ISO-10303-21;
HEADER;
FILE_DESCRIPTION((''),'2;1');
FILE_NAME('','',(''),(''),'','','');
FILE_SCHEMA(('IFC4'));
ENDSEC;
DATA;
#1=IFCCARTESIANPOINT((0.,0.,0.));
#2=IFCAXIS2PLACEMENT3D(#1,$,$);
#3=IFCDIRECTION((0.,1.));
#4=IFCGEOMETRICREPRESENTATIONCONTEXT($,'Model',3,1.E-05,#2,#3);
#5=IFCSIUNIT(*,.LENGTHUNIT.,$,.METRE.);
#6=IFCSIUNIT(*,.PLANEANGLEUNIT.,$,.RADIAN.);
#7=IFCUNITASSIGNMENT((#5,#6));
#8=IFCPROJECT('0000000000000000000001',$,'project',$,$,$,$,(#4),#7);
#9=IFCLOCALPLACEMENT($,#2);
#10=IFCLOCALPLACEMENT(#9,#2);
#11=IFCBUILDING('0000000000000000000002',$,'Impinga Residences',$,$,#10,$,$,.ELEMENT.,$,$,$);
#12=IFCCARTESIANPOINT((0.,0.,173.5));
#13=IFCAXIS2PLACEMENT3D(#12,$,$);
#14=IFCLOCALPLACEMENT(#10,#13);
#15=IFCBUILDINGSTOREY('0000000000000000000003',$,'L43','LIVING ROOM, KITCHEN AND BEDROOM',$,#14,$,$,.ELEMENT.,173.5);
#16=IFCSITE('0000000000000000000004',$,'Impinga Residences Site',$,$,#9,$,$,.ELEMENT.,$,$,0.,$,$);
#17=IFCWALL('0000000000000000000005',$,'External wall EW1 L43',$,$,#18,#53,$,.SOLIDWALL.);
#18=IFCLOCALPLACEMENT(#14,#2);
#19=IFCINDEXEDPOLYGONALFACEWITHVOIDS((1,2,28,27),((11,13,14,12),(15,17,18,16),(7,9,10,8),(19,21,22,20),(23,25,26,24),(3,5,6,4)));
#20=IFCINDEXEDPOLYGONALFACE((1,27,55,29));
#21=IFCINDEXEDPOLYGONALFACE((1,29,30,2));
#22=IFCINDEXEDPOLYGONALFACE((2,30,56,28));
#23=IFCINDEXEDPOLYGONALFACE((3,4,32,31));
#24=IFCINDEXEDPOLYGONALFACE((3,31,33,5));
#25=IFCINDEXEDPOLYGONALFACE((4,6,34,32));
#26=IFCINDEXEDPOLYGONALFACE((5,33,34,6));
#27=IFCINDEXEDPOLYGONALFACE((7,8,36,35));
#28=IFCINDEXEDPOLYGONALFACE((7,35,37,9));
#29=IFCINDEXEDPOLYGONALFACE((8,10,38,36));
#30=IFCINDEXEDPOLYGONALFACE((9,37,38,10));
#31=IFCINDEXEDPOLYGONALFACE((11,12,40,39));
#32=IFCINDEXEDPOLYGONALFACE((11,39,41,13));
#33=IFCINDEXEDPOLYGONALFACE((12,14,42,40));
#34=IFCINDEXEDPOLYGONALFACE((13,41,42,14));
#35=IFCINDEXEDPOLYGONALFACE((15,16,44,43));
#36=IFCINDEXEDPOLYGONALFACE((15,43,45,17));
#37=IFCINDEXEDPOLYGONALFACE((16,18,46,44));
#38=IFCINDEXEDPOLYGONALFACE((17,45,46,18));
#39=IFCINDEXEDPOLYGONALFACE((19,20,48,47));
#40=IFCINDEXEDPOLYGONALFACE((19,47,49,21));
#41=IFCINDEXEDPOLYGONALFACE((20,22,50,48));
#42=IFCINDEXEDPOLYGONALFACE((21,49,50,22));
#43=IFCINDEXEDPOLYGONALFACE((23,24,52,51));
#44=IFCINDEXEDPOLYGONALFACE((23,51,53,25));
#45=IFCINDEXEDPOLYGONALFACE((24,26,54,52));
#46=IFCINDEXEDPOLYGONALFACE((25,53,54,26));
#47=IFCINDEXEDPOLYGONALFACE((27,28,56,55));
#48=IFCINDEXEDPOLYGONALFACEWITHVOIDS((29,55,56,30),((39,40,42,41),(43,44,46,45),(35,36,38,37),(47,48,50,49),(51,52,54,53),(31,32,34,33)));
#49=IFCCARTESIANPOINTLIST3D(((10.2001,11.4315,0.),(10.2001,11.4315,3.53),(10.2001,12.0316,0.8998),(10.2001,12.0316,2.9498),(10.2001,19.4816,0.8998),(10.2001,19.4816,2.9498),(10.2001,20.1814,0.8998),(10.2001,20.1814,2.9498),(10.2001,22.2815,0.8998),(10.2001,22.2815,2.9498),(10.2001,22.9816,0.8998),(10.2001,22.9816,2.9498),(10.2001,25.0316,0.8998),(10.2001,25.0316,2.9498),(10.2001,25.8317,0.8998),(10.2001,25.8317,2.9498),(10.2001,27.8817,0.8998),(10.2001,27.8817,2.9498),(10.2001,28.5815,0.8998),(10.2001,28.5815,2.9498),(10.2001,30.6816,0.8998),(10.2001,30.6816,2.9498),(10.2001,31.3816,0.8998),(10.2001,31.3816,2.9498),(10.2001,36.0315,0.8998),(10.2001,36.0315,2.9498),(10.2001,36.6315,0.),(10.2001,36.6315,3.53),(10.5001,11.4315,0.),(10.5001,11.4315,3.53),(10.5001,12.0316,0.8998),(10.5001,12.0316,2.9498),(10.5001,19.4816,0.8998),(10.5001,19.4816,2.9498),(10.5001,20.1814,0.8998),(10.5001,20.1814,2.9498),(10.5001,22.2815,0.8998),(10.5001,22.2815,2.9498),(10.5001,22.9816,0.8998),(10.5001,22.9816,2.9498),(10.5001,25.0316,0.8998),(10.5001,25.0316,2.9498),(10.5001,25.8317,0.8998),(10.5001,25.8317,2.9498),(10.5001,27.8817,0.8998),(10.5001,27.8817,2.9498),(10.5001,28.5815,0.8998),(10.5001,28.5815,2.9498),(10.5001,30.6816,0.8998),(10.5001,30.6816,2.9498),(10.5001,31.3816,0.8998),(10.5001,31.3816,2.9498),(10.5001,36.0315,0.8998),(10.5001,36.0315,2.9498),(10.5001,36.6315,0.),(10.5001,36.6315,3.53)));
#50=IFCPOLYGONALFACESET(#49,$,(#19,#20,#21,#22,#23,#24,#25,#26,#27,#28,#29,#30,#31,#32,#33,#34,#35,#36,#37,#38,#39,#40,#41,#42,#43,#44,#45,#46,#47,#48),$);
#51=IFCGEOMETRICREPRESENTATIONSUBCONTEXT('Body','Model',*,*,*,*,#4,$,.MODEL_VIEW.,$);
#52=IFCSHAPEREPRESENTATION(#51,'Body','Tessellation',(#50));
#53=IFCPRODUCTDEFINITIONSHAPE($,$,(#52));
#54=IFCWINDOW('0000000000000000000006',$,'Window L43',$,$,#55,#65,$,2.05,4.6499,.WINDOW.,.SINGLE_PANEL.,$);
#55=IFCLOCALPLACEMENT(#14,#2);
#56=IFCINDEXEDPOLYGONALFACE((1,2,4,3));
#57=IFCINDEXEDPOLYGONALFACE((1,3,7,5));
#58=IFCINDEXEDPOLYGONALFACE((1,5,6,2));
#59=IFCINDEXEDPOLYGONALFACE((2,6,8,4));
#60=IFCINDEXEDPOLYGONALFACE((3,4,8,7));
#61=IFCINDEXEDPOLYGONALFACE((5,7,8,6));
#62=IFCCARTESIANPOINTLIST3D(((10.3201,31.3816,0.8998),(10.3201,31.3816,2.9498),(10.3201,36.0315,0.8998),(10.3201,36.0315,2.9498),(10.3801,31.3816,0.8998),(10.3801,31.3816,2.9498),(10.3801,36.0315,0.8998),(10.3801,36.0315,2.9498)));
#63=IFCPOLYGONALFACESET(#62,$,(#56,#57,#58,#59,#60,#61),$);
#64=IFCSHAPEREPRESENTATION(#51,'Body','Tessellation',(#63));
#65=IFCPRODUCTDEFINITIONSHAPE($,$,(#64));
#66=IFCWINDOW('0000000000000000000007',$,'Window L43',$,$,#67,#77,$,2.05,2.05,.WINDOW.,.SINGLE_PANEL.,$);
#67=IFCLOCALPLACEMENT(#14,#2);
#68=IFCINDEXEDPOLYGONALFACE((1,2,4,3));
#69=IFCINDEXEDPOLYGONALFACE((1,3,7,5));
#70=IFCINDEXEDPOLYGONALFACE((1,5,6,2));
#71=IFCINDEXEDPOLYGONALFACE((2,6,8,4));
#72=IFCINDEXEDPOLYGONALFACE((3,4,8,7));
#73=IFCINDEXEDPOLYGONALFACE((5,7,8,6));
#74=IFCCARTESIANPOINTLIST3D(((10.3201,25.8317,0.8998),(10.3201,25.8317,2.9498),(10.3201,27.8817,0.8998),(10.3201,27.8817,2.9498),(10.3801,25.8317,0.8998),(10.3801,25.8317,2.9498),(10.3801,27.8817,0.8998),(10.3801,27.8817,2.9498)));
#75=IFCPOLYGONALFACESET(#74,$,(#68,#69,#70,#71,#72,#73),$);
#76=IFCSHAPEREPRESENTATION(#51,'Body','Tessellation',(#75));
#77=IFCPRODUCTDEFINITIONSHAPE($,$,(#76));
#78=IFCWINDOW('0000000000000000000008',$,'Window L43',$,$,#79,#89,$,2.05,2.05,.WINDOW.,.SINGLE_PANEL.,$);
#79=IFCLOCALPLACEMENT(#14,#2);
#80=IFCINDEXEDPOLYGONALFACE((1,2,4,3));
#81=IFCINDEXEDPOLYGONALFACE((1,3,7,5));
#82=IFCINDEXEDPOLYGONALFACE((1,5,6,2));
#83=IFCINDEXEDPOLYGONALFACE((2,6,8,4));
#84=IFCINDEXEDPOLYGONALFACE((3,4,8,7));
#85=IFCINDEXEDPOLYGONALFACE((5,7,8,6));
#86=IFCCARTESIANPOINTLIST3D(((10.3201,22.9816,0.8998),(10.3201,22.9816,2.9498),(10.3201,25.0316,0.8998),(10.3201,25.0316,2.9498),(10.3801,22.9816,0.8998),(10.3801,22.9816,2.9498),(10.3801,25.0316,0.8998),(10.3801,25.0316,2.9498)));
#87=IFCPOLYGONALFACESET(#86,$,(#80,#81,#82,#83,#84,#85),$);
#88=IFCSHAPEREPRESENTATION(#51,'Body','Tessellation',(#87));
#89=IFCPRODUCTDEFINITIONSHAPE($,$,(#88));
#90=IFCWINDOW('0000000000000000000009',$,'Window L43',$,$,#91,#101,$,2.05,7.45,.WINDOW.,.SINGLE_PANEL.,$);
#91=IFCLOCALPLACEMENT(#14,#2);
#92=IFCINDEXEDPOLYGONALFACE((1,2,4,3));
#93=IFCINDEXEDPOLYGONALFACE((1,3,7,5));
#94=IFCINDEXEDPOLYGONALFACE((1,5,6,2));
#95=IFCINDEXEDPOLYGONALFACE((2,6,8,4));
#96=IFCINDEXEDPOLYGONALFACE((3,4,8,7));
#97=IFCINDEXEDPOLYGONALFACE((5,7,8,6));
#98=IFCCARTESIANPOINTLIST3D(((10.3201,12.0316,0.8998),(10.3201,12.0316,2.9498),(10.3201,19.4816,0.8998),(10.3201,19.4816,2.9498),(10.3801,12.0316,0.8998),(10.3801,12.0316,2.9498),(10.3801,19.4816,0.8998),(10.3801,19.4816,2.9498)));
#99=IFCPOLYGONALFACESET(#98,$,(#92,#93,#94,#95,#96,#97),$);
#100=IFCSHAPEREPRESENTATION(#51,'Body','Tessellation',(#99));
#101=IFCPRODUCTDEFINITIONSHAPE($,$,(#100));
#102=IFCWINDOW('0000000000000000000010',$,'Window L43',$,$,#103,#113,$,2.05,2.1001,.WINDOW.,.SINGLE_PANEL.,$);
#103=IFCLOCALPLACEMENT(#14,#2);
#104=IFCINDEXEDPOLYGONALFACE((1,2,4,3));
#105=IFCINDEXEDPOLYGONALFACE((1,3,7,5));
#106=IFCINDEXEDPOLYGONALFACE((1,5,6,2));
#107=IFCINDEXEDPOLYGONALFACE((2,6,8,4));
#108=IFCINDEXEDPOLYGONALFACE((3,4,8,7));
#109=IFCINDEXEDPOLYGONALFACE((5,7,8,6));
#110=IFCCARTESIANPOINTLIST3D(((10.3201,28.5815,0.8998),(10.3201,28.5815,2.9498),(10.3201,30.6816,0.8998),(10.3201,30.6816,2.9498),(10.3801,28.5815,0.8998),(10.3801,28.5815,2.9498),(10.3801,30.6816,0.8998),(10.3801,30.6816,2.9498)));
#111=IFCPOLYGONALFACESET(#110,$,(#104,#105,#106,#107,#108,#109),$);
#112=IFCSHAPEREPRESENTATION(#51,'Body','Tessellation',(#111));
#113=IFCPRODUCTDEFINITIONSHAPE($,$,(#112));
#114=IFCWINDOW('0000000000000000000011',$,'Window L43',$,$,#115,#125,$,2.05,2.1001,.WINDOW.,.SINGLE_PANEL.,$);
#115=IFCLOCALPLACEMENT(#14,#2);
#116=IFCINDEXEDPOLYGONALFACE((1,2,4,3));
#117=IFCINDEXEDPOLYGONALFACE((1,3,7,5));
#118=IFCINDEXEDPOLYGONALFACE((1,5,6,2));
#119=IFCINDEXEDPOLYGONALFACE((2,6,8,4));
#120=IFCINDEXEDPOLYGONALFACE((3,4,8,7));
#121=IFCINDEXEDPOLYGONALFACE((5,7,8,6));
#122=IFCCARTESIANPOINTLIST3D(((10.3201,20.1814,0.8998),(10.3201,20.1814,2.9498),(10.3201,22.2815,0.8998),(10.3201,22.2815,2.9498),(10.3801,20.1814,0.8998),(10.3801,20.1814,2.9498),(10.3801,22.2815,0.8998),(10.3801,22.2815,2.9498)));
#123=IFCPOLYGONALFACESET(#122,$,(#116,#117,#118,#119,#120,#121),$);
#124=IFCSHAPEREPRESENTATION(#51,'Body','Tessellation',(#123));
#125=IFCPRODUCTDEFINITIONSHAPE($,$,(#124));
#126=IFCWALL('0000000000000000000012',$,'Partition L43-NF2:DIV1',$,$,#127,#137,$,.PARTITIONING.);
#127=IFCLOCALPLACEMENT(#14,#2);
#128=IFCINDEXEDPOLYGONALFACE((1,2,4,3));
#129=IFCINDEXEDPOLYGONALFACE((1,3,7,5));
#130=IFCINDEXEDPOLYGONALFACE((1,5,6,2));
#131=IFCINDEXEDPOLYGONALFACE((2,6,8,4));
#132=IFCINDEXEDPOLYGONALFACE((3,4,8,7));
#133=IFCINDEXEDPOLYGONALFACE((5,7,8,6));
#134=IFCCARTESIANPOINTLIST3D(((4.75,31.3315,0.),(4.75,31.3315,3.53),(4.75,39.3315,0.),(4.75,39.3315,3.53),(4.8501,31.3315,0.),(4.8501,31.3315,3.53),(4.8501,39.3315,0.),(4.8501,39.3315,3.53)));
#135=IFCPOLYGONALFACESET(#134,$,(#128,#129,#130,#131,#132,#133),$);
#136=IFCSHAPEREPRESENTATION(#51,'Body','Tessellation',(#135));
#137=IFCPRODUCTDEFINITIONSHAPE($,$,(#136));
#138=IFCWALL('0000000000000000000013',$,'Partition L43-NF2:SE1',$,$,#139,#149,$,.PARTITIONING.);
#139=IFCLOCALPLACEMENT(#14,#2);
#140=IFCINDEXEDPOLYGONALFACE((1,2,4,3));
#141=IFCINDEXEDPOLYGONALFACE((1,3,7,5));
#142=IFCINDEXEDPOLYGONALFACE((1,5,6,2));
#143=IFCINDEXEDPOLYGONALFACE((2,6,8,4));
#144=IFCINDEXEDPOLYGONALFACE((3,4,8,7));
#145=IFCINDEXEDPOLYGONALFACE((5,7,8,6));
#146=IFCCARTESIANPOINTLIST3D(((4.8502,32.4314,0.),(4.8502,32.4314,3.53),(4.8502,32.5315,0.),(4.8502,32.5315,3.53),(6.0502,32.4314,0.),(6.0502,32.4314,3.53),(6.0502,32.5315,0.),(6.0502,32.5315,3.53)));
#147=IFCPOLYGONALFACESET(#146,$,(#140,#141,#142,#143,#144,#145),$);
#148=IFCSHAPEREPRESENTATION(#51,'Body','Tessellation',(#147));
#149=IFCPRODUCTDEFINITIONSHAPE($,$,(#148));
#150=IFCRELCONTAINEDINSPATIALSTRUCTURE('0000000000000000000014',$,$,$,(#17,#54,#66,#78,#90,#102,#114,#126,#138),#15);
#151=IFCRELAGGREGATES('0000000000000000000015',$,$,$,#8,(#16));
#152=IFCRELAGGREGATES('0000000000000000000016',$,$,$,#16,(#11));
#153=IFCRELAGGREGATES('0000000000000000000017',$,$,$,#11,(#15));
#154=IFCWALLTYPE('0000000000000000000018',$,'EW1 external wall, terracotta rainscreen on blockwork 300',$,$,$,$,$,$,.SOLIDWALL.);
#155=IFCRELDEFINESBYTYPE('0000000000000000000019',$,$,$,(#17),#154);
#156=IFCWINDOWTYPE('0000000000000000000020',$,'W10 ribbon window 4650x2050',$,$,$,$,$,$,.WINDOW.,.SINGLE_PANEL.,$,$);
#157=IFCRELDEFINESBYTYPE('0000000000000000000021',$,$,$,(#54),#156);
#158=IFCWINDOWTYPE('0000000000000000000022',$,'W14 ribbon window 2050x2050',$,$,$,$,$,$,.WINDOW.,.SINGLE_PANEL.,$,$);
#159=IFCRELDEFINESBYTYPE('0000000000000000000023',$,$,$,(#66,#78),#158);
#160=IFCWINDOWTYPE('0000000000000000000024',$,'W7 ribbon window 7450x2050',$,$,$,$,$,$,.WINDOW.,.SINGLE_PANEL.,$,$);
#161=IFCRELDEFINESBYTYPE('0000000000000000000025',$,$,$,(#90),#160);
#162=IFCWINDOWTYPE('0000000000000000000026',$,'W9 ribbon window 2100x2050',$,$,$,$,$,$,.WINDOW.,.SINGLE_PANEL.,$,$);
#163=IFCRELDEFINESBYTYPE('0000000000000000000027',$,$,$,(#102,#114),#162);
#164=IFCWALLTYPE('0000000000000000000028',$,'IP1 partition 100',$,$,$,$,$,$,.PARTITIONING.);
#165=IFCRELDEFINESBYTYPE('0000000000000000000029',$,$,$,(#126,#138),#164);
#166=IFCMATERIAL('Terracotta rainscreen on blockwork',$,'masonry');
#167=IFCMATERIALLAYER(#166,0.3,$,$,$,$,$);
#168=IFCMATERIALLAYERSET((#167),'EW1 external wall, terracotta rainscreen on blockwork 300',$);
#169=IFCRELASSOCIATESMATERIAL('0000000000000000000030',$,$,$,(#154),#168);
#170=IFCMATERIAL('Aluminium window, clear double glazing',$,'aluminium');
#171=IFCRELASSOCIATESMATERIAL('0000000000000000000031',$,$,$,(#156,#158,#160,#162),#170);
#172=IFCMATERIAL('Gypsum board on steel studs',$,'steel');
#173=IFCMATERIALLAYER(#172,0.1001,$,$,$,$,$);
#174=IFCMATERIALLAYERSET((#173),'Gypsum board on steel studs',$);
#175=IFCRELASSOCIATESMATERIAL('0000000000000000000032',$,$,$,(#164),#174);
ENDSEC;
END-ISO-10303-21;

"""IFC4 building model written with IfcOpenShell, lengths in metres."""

from ifc_helpers import new_model, si_unit, direction, frame, frame_2d, origin, place, context, subcontext, project, spatial, rectangle, extrude, material, layer, layer_set, type_object, element, fill, save


model = new_model("IFC4")

# Units and contexts
model_context = context("Model", 3, precision=1e-05, world=origin(), true_north=direction((0.0, 1.0)))
body_context = subcontext(model_context, "Body", "Model", "MODEL_VIEW")
ifc_project = project(units=[si_unit("LENGTHUNIT", "METRE"), si_unit("PLANEANGLEUNIT", "RADIAN")], contexts=[model_context])

# Site, building, storey
site_placement = place(None, origin())
site = spatial("IfcSite", under=ifc_project, at=site_placement, Name="Impinga Residences Site", CompositionType="ELEMENT", RefElevation=0.0)
building_placement = place(site_placement, origin())
building = spatial("IfcBuilding", under=site, at=building_placement, Name="Impinga Residences", CompositionType="ELEMENT")
storey_placement = place(building_placement, frame((0.0, 0.0, 173.5)))
storey = spatial("IfcBuildingStorey", under=building, at=storey_placement, Name="L43", Description="LIVING ROOM, KITCHEN AND BEDROOM", CompositionType="ELEMENT", Elevation=173.5)

# Shared definitions
ifc_material_1 = material(Name="Terracotta rainscreen on blockwork", Category="masonry")
ifc_layer_1 = layer(ifc_material_1, 0.3)
ifc_layer_set_1 = layer_set([ifc_layer_1], Name="EW1 external wall, terracotta rainscreen on blockwork 300")
wall_type_1 = type_object("IfcWallType", Name="EW1 external wall, terracotta rainscreen on blockwork 300", PredefinedType="SOLIDWALL", material=ifc_layer_set_1)

# Wall, openings, windows
wall_1_placement = place(storey_placement, frame((10.3501, 36.6316, 0.0), z_axis=(0.0, 0.0, 1.0), x_axis=(0.0, -1.0, 0.0)))
wall_1 = element("IfcWall", 1, at=wall_1_placement, inside=storey, type_object=wall_type_1, Name="External wall EW1 L43", PredefinedType="SOLIDWALL", context=body_context, shape_type="SweptSolid", body=[
    extrude(rectangle(XDim=25.2, YDim=0.3, at=frame_2d((12.6001, 0.0))), origin(), (0.0, 0.0, 1.0), 3.53),
])
opening_1_placement = place(wall_1_placement, frame((0.6001, 0.0, 0.8999)))
opening_1 = element("IfcOpeningElement", 2, at=opening_1_placement, cuts=wall_1, PredefinedType="OPENING", context=body_context, shape_type="SweptSolid", body=[
    extrude(rectangle(XDim=4.6499, YDim=2.05, at=frame_2d((2.325, 1.0249))), frame((0.0, 0.1599, 0.0), z_axis=(0.0, -1.0, 0.0), x_axis=(1.0, 0.0, 0.0)), (0.0, 0.0, 1.0), 0.3201),
])
opening_2_placement = place(wall_1_placement, frame((5.95, 0.0, 0.8999)))
opening_2 = element("IfcOpeningElement", 3, at=opening_2_placement, cuts=wall_1, PredefinedType="OPENING", context=body_context, shape_type="SweptSolid", body=[
    extrude(rectangle(XDim=2.1001, YDim=2.05, at=frame_2d((1.05, 1.0249))), frame((0.0, 0.1599, 0.0), z_axis=(0.0, -1.0, 0.0), x_axis=(1.0, 0.0, 0.0)), (0.0, 0.0, 1.0), 0.3201),
])
opening_3_placement = place(wall_1_placement, frame((8.75, 0.0, 0.8999)))
opening_3 = element("IfcOpeningElement", 4, at=opening_3_placement, cuts=wall_1, PredefinedType="OPENING", context=body_context, shape_type="SweptSolid", body=[
    extrude(rectangle(XDim=2.05, YDim=2.05, at=frame_2d((1.0249, 1.0249))), frame((0.0, 0.1599, 0.0), z_axis=(0.0, -1.0, 0.0), x_axis=(1.0, 0.0, 0.0)), (0.0, 0.0, 1.0), 0.3201),
])
opening_4_placement = place(wall_1_placement, frame((11.6001, 0.0, 0.8999)))
opening_4 = element("IfcOpeningElement", 5, at=opening_4_placement, cuts=wall_1, PredefinedType="OPENING", context=body_context, shape_type="SweptSolid", body=[
    extrude(rectangle(XDim=2.05, YDim=2.05, at=frame_2d((1.0249, 1.0249))), frame((0.0, 0.1599, 0.0), z_axis=(0.0, -1.0, 0.0), x_axis=(1.0, 0.0, 0.0)), (0.0, 0.0, 1.0), 0.3201),
])
opening_5_placement = place(wall_1_placement, frame((14.3501, 0.0, 0.8999)))
opening_5 = element("IfcOpeningElement", 6, at=opening_5_placement, cuts=wall_1, PredefinedType="OPENING", context=body_context, shape_type="SweptSolid", body=[
    extrude(rectangle(XDim=2.1001, YDim=2.05, at=frame_2d((1.05, 1.0249))), frame((0.0, 0.1599, 0.0), z_axis=(0.0, -1.0, 0.0), x_axis=(1.0, 0.0, 0.0)), (0.0, 0.0, 1.0), 0.3201),
])
opening_6_placement = place(wall_1_placement, frame((17.1499, 0.0, 0.8999)))
opening_6 = element("IfcOpeningElement", 7, at=opening_6_placement, cuts=wall_1, PredefinedType="OPENING", context=body_context, shape_type="SweptSolid", body=[
    extrude(rectangle(XDim=7.45, YDim=2.05, at=frame_2d((3.7251, 1.0249))), frame((0.0, 0.1599, 0.0), z_axis=(0.0, -1.0, 0.0), x_axis=(1.0, 0.0, 0.0)), (0.0, 0.0, 1.0), 0.3201),
])
ifc_material_2 = material(Name="Aluminium window, clear double glazing", Category="aluminium")
window_type_1 = type_object("IfcWindowType", Name="W10 ribbon window 4650x2050", PartitioningType="SINGLE_PANEL", PredefinedType="WINDOW", material=ifc_material_2)
window_1_placement = place(opening_1_placement, origin())
window_1 = element("IfcWindow", 8, at=window_1_placement, inside=storey, type_object=window_type_1, Name="Window L43", OverallHeight=2.05, OverallWidth=4.6499, PartitioningType="SINGLE_PANEL", PredefinedType="WINDOW", context=body_context, shape_type="SweptSolid", body=[
    extrude(rectangle(XDim=4.6499, YDim=2.05, at=frame_2d((2.325, 1.0249))), frame((0.0, 0.03, 0.0), z_axis=(0.0, -1.0, 0.0), x_axis=(1.0, 0.0, 0.0)), (0.0, 0.0, 1.0), 0.0601),
])
fill(opening_1, window_1)
window_type_2 = type_object("IfcWindowType", Name="W14 ribbon window 2050x2050", PartitioningType="SINGLE_PANEL", PredefinedType="WINDOW", material=ifc_material_2)
window_2_placement = place(opening_3_placement, origin())
window_2 = element("IfcWindow", 9, at=window_2_placement, inside=storey, type_object=window_type_2, Name="Window L43", OverallHeight=2.05, OverallWidth=2.05, PartitioningType="SINGLE_PANEL", PredefinedType="WINDOW", context=body_context, shape_type="SweptSolid", body=[
    extrude(rectangle(XDim=2.05, YDim=2.05, at=frame_2d((1.0249, 1.0249))), frame((0.0, 0.03, 0.0), z_axis=(0.0, -1.0, 0.0), x_axis=(1.0, 0.0, 0.0)), (0.0, 0.0, 1.0), 0.0601),
])
fill(opening_3, window_2)
window_3_placement = place(opening_4_placement, origin())
window_3 = element("IfcWindow", 10, at=window_3_placement, inside=storey, type_object=window_type_2, Name="Window L43", OverallHeight=2.05, OverallWidth=2.05, PartitioningType="SINGLE_PANEL", PredefinedType="WINDOW", context=body_context, shape_type="SweptSolid", body=[
    extrude(rectangle(XDim=2.05, YDim=2.05, at=frame_2d((1.0249, 1.0249))), frame((0.0, 0.03, 0.0), z_axis=(0.0, -1.0, 0.0), x_axis=(1.0, 0.0, 0.0)), (0.0, 0.0, 1.0), 0.0601),
])
fill(opening_4, window_3)
window_type_3 = type_object("IfcWindowType", Name="W7 ribbon window 7450x2050", PartitioningType="SINGLE_PANEL", PredefinedType="WINDOW", material=ifc_material_2)
window_4_placement = place(opening_6_placement, origin())
window_4 = element("IfcWindow", 11, at=window_4_placement, inside=storey, type_object=window_type_3, Name="Window L43", OverallHeight=2.05, OverallWidth=7.45, PartitioningType="SINGLE_PANEL", PredefinedType="WINDOW", context=body_context, shape_type="SweptSolid", body=[
    extrude(rectangle(XDim=7.45, YDim=2.05, at=frame_2d((3.7251, 1.0249))), frame((0.0, 0.03, 0.0), z_axis=(0.0, -1.0, 0.0), x_axis=(1.0, 0.0, 0.0)), (0.0, 0.0, 1.0), 0.0601),
])
fill(opening_6, window_4)
window_type_4 = type_object("IfcWindowType", Name="W9 ribbon window 2100x2050", PartitioningType="SINGLE_PANEL", PredefinedType="WINDOW", material=ifc_material_2)
window_5_placement = place(opening_2_placement, origin())
window_5 = element("IfcWindow", 12, at=window_5_placement, inside=storey, type_object=window_type_4, Name="Window L43", OverallHeight=2.05, OverallWidth=2.1001, PartitioningType="SINGLE_PANEL", PredefinedType="WINDOW", context=body_context, shape_type="SweptSolid", body=[
    extrude(rectangle(XDim=2.1001, YDim=2.05, at=frame_2d((1.05, 1.0249))), frame((0.0, 0.03, 0.0), z_axis=(0.0, -1.0, 0.0), x_axis=(1.0, 0.0, 0.0)), (0.0, 0.0, 1.0), 0.0601),
])
fill(opening_2, window_5)
window_6_placement = place(opening_5_placement, origin())
window_6 = element("IfcWindow", 13, at=window_6_placement, inside=storey, type_object=window_type_4, Name="Window L43", OverallHeight=2.05, OverallWidth=2.1001, PartitioningType="SINGLE_PANEL", PredefinedType="WINDOW", context=body_context, shape_type="SweptSolid", body=[
    extrude(rectangle(XDim=2.1001, YDim=2.05, at=frame_2d((1.05, 1.0249))), frame((0.0, 0.03, 0.0), z_axis=(0.0, -1.0, 0.0), x_axis=(1.0, 0.0, 0.0)), (0.0, 0.0, 1.0), 0.0601),
])
fill(opening_5, window_6)

# Walls
ifc_material_3 = material(Name="Gypsum board on steel studs", Category="steel")
ifc_layer_2 = layer(ifc_material_3, 0.1001)
ifc_layer_set_2 = layer_set([ifc_layer_2], Name="Gypsum board on steel studs")
wall_type_2 = type_object("IfcWallType", Name="IP1 partition 100", PredefinedType="PARTITIONING", material=ifc_layer_set_2)
wall_2_placement = place(storey_placement, frame((4.8, 31.3315, 0.0), z_axis=(0.0, 0.0, 1.0), x_axis=(0.0, 1.0, 0.0)))
element("IfcWall", 14, at=wall_2_placement, inside=storey, type_object=wall_type_2, Name="Partition L43-NF2:DIV1", PredefinedType="PARTITIONING", context=body_context, shape_type="SweptSolid", body=[
    extrude(rectangle(XDim=8.0, YDim=0.1001, at=frame_2d((4.0, 0.0))), origin(), (0.0, 0.0, 1.0), 3.53),
])
wall_3_placement = place(storey_placement, frame((4.8501, 32.4814, 0.0), z_axis=(0.0, 0.0, 1.0), x_axis=(1.0, 0.0, 0.0)))
element("IfcWall", 15, at=wall_3_placement, inside=storey, type_object=wall_type_2, Name="Partition L43-NF2:SE1", PredefinedType="PARTITIONING", context=body_context, shape_type="SweptSolid", body=[
    extrude(rectangle(XDim=1.2, YDim=0.1001, at=frame_2d((0.6001, 0.0))), origin(), (0.0, 0.0, 1.0), 3.53),
])

save(model, "model.ifc")
